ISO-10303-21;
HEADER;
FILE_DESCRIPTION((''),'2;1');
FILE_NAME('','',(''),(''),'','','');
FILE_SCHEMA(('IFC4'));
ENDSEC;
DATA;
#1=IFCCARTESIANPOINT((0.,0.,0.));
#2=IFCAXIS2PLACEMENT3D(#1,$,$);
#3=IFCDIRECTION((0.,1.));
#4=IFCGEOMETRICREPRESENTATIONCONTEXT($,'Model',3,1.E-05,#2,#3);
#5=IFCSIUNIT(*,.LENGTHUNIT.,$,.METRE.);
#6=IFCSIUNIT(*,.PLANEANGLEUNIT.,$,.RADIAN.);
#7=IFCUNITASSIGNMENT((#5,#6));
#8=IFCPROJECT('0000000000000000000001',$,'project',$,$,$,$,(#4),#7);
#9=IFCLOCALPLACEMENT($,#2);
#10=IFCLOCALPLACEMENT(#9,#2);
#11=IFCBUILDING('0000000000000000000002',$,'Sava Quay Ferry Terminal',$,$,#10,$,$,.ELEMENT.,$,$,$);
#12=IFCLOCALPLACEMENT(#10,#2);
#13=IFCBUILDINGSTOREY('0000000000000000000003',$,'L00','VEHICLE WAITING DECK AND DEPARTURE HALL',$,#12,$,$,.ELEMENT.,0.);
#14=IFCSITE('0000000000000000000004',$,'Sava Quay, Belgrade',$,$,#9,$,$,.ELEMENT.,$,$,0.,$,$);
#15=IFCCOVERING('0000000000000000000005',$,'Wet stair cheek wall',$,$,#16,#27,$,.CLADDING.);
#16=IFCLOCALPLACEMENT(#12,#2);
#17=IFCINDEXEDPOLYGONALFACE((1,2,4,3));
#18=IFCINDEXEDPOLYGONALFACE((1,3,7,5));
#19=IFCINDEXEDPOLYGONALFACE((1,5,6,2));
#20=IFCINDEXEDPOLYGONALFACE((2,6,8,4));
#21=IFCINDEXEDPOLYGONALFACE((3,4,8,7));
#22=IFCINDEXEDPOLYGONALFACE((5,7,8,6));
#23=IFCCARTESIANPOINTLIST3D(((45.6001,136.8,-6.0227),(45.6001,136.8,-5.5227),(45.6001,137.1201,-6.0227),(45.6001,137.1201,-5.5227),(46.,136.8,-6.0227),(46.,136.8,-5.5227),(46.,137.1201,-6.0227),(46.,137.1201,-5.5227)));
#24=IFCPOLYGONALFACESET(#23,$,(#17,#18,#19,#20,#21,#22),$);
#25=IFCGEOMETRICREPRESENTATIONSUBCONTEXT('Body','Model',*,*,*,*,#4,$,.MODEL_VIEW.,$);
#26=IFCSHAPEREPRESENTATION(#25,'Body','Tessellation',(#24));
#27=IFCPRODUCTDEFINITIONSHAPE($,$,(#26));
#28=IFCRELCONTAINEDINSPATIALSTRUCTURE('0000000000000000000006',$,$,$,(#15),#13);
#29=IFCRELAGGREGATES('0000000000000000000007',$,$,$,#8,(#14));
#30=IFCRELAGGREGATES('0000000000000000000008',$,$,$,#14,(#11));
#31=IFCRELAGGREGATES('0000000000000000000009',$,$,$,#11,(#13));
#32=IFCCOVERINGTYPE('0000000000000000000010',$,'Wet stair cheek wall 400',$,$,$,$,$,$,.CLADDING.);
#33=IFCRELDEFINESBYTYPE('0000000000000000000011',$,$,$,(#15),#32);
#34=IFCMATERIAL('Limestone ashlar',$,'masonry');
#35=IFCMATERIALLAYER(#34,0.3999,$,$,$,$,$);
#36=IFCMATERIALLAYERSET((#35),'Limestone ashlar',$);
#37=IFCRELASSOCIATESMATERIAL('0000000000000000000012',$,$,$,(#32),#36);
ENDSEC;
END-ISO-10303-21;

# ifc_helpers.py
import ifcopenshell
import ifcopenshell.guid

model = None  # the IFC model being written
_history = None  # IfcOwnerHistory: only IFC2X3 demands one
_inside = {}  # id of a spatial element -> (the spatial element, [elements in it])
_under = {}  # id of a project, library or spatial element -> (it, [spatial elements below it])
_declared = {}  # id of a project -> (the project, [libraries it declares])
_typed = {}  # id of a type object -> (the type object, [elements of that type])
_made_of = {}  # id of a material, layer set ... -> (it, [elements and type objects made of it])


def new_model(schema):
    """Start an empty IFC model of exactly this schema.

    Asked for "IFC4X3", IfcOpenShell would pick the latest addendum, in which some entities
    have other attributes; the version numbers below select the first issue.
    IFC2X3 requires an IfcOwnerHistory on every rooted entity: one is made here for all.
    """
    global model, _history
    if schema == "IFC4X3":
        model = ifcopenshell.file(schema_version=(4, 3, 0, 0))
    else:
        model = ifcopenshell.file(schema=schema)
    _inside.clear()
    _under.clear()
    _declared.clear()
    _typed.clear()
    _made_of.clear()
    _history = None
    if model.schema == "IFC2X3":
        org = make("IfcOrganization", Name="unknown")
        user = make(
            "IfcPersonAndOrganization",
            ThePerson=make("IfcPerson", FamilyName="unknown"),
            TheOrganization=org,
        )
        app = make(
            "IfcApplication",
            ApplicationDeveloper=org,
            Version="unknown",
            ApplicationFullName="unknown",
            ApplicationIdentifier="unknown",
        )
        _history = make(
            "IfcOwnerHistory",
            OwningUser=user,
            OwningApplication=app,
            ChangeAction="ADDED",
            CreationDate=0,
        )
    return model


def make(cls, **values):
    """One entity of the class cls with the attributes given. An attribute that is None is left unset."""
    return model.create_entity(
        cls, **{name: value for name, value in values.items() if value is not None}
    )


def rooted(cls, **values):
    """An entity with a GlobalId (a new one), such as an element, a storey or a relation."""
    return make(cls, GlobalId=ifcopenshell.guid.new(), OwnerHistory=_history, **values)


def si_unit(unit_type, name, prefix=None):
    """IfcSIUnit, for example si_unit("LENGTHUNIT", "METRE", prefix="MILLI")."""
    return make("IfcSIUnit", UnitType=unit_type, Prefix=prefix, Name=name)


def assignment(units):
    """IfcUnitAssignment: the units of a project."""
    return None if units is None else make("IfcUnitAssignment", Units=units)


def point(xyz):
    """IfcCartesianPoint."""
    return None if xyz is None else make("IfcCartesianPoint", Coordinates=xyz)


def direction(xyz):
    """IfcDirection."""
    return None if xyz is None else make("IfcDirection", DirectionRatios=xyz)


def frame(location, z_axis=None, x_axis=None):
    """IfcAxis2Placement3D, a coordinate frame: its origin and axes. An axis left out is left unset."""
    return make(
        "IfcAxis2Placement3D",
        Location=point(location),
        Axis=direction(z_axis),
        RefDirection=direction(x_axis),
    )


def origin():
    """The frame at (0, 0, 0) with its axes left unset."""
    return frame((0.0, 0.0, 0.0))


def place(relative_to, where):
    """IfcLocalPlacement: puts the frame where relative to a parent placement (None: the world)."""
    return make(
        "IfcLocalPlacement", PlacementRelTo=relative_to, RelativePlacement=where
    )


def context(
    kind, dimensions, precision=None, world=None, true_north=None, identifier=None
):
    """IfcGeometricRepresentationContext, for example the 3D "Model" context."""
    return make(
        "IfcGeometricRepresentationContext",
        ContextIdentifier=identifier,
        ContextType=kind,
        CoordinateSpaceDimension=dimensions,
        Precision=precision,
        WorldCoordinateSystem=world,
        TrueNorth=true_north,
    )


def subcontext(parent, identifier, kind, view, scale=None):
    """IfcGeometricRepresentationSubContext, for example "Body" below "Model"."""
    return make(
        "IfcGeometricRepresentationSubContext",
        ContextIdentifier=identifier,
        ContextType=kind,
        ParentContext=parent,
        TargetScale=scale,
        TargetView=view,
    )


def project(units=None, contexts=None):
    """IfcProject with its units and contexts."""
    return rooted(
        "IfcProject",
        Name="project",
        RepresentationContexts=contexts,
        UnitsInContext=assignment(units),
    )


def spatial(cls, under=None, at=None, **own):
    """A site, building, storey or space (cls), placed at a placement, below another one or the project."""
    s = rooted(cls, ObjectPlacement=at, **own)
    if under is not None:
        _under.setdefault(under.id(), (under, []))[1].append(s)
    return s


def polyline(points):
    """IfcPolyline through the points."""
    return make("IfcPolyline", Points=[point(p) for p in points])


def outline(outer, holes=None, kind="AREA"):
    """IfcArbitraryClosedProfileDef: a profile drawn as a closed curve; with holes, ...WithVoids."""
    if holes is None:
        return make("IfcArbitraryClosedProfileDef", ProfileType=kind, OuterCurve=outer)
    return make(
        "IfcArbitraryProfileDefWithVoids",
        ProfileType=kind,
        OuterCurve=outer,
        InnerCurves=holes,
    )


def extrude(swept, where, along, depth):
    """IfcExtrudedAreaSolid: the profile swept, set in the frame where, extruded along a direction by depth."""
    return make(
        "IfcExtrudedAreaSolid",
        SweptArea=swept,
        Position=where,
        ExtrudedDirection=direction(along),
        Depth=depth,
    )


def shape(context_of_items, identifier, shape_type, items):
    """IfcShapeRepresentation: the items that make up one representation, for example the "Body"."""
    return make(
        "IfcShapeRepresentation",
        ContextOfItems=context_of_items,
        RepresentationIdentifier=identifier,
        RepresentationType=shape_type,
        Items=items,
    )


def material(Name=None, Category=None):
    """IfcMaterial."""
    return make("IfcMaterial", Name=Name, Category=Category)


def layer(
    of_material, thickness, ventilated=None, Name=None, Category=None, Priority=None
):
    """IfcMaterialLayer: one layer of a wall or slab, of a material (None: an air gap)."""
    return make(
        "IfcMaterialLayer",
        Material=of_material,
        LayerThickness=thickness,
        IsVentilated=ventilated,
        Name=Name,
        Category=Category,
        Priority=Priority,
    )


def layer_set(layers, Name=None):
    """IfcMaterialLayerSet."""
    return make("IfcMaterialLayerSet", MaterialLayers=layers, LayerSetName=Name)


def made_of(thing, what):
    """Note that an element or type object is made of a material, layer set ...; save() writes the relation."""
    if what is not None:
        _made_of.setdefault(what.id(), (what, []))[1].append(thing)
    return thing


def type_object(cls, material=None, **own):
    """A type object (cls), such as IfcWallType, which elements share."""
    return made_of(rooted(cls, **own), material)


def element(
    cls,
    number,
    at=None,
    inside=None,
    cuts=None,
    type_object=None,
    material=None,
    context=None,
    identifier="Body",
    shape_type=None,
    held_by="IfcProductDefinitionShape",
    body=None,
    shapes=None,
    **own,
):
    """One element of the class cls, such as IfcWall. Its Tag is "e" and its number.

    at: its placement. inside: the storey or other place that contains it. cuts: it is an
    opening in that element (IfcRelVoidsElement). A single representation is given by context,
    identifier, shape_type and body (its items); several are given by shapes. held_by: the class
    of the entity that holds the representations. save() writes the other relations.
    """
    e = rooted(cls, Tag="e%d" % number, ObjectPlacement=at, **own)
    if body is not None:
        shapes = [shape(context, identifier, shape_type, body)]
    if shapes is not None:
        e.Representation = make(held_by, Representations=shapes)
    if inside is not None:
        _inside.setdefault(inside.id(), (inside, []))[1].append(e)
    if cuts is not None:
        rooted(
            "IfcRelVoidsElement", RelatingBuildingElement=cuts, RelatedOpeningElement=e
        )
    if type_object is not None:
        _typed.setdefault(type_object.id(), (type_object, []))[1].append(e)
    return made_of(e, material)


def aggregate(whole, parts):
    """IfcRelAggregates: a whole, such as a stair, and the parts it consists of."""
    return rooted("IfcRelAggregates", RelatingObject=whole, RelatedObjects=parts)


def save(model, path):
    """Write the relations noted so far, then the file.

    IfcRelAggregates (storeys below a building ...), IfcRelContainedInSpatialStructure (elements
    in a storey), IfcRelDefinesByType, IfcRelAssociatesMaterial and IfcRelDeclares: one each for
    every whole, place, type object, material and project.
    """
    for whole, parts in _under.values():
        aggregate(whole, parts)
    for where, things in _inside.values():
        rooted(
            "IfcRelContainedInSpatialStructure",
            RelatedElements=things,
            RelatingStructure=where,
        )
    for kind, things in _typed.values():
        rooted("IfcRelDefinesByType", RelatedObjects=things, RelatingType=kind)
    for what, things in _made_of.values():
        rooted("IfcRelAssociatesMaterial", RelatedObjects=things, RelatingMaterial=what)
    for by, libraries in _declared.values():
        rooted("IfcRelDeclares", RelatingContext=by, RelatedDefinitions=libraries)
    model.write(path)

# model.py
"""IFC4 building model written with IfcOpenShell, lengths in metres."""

from ifc_helpers import new_model, si_unit, direction, frame, origin, place, context, subcontext, project, spatial, polyline, outline, extrude, material, layer, layer_set, type_object, element, save


model = new_model("IFC4")

# Units and contexts
model_context = context("Model", 3, precision=1e-05, world=origin(), true_north=direction((0.0, 1.0)))
body_context = subcontext(model_context, "Body", "Model", "MODEL_VIEW")
ifc_project = project(units=[si_unit("LENGTHUNIT", "METRE"), si_unit("PLANEANGLEUNIT", "RADIAN")], contexts=[model_context])

# Site, building, storey
site_placement = place(None, origin())
site = spatial("IfcSite", under=ifc_project, at=site_placement, Name="Sava Quay, Belgrade", CompositionType="ELEMENT", RefElevation=0.0)
building_placement = place(site_placement, origin())
building = spatial("IfcBuilding", under=site, at=building_placement, Name="Sava Quay Ferry Terminal", CompositionType="ELEMENT")
storey_placement = place(building_placement, origin())
storey = spatial("IfcBuildingStorey", under=building, at=storey_placement, Name="L00", Description="VEHICLE WAITING DECK AND DEPARTURE HALL", CompositionType="ELEMENT", Elevation=0.0)

# Covering
ifc_material_1 = material(Name="Limestone ashlar", Category="masonry")
ifc_layer_1 = layer(ifc_material_1, 0.3999)
ifc_layer_set_1 = layer_set([ifc_layer_1], Name="Limestone ashlar")
covering_type_1 = type_object("IfcCoveringType", Name="Wet stair cheek wall 400", PredefinedType="CLADDING", material=ifc_layer_set_1)
covering_1_placement = place(storey_placement, frame((0.0, 0.0, -6.0227)))
element("IfcCovering", 1, at=covering_1_placement, inside=storey, type_object=covering_type_1, Name="Wet stair cheek wall", PredefinedType="CLADDING", context=body_context, shape_type="SweptSolid", body=[
    extrude(outline(polyline([(45.6001, 136.8), (46.0, 136.8), (46.0, 137.1201), (45.6001, 137.1201), (45.6001, 136.8)])), origin(), (0.0, 0.0, 1.0), 0.5),
])

save(model, "model.ifc")
